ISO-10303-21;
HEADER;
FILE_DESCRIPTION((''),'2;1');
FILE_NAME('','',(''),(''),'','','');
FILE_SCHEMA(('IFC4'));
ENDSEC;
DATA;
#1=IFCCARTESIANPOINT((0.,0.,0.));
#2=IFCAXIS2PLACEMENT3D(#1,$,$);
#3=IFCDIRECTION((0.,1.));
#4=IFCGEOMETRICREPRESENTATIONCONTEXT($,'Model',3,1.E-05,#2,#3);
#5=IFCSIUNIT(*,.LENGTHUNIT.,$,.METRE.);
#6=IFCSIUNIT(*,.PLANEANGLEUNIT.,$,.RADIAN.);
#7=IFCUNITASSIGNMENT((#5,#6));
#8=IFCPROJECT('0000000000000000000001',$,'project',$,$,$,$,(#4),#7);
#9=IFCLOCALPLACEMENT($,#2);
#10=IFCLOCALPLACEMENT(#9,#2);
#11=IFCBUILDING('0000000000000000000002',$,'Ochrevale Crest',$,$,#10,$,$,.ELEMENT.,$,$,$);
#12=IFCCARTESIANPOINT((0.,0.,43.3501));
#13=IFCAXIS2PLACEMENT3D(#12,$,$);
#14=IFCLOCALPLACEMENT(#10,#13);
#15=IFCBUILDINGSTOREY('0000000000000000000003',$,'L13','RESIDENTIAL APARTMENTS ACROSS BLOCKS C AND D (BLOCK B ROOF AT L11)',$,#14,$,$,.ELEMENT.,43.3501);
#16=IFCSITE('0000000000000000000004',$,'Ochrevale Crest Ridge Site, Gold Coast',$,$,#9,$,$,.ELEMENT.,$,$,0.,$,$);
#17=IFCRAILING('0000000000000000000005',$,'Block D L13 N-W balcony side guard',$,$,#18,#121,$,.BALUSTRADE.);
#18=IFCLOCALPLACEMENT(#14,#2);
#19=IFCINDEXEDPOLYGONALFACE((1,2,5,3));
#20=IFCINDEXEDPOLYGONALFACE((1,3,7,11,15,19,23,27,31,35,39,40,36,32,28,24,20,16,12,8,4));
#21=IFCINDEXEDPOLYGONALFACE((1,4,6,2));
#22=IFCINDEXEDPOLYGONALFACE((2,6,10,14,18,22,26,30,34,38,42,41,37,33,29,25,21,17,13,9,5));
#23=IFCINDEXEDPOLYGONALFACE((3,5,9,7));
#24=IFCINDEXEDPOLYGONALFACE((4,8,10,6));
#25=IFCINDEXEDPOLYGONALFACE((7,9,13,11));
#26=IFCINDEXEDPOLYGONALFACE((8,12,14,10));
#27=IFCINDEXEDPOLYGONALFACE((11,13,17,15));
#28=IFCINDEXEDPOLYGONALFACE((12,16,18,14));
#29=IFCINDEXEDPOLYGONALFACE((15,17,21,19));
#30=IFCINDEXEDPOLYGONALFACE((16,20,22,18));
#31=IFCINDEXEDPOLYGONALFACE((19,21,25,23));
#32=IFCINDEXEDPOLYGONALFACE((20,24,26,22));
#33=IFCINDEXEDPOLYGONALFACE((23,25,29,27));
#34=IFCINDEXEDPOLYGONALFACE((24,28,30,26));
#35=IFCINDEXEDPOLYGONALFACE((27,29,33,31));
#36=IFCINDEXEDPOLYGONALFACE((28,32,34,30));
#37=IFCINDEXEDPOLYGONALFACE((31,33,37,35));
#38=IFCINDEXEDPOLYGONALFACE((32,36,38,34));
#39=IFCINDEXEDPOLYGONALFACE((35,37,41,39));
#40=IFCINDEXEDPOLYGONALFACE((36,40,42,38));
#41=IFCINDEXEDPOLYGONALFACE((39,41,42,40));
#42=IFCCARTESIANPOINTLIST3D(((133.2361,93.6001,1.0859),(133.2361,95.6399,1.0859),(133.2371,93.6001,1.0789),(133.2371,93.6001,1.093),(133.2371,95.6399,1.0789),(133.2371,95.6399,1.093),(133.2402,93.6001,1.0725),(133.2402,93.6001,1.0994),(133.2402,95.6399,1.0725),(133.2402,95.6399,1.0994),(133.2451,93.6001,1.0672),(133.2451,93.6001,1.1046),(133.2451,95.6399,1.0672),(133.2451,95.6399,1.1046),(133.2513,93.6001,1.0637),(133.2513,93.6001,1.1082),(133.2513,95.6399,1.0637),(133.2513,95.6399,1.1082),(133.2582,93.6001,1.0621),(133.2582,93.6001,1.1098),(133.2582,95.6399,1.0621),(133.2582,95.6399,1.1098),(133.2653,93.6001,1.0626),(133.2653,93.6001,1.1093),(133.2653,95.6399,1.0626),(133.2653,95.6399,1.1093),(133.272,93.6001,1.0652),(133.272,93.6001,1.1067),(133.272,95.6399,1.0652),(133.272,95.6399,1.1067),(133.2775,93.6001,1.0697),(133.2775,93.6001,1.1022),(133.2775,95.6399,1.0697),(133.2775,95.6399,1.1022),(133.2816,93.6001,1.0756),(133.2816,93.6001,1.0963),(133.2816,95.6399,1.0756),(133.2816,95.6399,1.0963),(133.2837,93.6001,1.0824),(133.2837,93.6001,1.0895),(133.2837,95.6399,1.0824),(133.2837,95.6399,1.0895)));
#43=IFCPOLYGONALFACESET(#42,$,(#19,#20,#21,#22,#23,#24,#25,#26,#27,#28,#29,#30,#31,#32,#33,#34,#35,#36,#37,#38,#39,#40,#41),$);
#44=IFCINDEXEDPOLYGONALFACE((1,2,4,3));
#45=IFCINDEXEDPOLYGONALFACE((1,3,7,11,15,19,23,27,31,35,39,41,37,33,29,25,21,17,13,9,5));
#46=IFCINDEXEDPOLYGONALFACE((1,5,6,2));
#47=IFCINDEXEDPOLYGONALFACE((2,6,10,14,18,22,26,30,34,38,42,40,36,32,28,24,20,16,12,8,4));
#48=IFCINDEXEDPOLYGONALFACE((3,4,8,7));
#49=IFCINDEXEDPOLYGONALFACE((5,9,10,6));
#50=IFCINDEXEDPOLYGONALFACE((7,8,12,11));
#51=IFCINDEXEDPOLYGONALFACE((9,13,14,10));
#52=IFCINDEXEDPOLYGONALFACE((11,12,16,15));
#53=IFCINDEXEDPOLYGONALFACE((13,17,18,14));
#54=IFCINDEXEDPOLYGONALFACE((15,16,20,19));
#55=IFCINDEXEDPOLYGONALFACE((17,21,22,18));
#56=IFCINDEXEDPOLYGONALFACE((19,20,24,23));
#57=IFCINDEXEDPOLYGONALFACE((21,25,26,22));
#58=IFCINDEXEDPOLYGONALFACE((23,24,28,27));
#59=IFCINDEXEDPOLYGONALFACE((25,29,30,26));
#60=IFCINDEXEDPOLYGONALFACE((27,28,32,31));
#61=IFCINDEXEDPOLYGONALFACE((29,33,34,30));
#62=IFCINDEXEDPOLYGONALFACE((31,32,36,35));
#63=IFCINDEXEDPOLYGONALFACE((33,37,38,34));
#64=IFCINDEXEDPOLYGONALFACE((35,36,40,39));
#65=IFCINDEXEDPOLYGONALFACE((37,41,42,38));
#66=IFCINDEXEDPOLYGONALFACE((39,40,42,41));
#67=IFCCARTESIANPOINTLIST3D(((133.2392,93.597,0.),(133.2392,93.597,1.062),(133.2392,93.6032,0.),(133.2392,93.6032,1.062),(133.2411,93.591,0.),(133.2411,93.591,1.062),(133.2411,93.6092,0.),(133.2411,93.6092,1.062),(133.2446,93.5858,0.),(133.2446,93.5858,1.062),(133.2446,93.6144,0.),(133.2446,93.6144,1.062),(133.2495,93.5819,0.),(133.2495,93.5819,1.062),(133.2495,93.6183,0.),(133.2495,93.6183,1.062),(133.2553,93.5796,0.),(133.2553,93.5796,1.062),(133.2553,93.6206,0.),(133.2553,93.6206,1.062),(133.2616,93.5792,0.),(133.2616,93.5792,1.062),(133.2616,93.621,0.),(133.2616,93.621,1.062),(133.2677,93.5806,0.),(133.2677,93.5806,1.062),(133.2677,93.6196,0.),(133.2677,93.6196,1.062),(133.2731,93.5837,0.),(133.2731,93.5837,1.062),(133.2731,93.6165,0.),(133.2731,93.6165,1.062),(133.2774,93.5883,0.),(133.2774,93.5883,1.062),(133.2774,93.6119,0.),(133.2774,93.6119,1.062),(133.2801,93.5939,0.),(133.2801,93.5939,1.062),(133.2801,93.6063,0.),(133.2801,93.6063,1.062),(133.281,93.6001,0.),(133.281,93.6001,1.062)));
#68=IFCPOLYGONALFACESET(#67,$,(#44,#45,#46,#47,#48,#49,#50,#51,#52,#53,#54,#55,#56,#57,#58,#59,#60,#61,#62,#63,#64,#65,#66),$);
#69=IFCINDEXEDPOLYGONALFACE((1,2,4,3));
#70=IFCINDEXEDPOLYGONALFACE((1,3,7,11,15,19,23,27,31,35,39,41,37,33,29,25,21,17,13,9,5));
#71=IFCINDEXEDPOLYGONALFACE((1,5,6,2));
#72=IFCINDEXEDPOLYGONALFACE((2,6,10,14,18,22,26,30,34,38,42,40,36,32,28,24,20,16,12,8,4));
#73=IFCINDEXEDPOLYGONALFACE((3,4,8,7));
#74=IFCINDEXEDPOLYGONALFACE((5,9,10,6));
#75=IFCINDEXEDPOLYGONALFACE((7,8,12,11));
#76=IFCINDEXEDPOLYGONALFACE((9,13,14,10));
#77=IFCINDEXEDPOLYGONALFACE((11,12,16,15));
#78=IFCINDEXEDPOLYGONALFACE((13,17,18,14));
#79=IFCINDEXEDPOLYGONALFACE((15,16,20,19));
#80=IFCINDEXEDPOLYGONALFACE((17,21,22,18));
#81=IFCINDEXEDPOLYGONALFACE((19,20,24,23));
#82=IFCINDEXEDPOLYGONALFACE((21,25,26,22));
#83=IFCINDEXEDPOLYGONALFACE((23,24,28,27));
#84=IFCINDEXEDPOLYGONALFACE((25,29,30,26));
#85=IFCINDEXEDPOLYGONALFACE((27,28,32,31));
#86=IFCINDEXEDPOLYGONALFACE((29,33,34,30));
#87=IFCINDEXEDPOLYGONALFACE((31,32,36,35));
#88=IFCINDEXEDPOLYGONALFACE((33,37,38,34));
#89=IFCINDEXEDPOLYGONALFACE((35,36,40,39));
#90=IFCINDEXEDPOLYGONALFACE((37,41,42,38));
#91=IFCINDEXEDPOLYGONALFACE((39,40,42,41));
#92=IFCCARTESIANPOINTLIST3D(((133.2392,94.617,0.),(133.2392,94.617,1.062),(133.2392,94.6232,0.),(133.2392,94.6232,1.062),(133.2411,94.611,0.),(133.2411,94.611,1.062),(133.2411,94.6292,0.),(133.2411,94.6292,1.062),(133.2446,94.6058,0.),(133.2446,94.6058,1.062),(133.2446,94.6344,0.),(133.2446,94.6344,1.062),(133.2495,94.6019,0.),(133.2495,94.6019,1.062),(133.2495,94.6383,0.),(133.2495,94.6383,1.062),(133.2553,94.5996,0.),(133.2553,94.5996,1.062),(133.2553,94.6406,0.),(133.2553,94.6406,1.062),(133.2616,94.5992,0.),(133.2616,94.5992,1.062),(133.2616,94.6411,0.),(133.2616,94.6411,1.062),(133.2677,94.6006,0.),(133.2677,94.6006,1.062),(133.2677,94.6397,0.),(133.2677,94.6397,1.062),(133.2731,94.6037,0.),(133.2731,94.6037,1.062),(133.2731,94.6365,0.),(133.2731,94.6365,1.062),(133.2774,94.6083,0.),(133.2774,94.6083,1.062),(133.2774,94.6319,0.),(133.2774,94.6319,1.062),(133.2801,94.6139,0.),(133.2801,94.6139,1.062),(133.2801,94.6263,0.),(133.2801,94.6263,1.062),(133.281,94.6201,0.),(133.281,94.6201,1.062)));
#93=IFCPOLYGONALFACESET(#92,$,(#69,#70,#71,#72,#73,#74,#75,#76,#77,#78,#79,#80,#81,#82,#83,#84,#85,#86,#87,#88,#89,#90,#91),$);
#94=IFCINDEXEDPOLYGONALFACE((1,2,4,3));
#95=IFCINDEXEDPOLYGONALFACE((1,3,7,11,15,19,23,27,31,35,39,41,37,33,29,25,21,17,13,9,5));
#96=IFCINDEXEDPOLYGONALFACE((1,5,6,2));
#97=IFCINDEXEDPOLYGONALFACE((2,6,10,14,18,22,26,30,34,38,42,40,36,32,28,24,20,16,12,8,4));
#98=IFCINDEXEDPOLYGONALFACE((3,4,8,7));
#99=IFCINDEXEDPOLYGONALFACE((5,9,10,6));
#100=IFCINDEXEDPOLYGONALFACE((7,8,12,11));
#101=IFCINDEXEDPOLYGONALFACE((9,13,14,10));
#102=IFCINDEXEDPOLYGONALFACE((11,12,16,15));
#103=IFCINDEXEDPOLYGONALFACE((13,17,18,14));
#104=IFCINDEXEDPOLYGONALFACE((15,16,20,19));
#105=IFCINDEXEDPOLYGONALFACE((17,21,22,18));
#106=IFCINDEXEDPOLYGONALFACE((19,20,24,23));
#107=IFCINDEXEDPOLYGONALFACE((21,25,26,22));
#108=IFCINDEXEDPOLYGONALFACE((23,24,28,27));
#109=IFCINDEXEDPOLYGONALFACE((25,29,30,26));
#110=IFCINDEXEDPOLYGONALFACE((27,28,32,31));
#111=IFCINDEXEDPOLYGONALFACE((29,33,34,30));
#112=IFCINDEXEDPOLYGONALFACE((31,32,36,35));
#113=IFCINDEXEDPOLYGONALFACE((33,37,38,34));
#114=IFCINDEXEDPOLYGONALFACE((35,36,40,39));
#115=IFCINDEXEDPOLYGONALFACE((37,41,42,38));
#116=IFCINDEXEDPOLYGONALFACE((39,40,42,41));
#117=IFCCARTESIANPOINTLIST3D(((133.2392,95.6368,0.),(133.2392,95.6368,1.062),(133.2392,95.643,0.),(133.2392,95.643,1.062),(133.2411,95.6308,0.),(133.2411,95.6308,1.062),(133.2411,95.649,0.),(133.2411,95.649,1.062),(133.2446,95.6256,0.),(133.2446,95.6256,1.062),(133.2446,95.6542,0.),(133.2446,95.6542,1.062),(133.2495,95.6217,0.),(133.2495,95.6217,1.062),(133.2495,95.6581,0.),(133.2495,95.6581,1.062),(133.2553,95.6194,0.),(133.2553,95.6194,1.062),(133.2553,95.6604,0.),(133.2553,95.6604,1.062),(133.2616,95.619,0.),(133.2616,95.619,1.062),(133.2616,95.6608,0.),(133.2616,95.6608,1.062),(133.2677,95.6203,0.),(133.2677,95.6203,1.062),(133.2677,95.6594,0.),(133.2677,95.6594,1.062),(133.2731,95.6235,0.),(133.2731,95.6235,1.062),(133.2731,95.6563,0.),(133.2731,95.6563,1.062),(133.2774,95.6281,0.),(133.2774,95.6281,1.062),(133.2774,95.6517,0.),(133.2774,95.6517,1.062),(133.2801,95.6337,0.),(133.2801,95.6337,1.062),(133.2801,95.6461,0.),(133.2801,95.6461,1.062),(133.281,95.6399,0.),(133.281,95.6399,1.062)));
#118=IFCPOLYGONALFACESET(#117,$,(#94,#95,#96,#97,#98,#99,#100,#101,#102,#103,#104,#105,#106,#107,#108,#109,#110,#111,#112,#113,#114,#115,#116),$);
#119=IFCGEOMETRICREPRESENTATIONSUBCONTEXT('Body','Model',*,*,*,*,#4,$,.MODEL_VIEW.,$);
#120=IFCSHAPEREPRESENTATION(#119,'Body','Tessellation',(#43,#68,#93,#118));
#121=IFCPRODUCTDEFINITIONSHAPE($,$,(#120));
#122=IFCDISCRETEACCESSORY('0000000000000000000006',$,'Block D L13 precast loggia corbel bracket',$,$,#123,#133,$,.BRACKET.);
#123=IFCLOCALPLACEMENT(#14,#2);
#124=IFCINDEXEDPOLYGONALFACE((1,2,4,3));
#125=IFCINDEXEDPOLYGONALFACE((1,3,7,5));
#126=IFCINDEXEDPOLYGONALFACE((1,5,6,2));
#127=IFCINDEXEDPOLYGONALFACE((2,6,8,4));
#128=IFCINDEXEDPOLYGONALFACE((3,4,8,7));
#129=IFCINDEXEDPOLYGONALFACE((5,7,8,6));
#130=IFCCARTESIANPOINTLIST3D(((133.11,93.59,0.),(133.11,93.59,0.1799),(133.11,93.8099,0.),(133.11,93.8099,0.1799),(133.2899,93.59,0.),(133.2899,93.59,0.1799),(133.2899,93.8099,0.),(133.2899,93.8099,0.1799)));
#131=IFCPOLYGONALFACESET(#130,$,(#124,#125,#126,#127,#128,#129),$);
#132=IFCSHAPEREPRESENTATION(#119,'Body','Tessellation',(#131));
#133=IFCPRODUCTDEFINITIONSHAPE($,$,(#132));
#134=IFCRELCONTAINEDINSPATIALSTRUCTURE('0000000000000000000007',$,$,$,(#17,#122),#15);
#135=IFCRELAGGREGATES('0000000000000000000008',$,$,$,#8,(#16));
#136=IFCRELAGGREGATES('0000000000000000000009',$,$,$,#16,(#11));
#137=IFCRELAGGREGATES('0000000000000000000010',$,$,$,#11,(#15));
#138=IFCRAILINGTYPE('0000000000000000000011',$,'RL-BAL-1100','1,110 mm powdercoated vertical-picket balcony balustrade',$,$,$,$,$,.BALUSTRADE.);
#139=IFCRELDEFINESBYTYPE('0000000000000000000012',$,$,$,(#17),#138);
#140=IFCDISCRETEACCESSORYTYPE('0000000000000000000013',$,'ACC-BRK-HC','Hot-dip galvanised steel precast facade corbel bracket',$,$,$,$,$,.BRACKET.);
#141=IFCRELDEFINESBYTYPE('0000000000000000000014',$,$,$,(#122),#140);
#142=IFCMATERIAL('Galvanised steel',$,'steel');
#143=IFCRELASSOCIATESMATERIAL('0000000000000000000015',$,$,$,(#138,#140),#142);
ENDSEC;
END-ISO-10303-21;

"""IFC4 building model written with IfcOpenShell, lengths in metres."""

from ifc_helpers import new_model, si_unit, direction, frame, origin, origin_2d, place, context, subcontext, project, spatial, rectangle, circle, extrude, material, type_object, element, save


model = new_model("IFC4")

# Units and contexts
model_context = context("Model", 3, precision=1e-05, world=origin(), true_north=direction((0.0, 1.0)))
body_context = subcontext(model_context, "Body", "Model", "MODEL_VIEW")
ifc_project = project(units=[si_unit("LENGTHUNIT", "METRE"), si_unit("PLANEANGLEUNIT", "RADIAN")], contexts=[model_context])

# Site, building, storey
site_placement = place(None, origin())
site = spatial("IfcSite", under=ifc_project, at=site_placement, Name="Ochrevale Crest Ridge Site, Gold Coast", CompositionType="ELEMENT", RefElevation=0.0)
building_placement = place(site_placement, origin())
building = spatial("IfcBuilding", under=site, at=building_placement, Name="Ochrevale Crest", CompositionType="ELEMENT")
storey_placement = place(building_placement, frame((0.0, 0.0, 43.3501)))
storey = spatial("IfcBuildingStorey", under=building, at=storey_placement, Name="L13", Description="RESIDENTIAL APARTMENTS ACROSS BLOCKS C AND D (BLOCK B ROOF AT L11)", CompositionType="ELEMENT", Elevation=43.3501)

# Railing
ifc_material_1 = material(Name="Galvanised steel", Category="steel")
railing_type = type_object("IfcRailingType", Name="RL-BAL-1100", Description="1,110 mm powdercoated vertical-picket balcony balustrade", PredefinedType="BALUSTRADE", material=ifc_material_1)
railing_1_placement = place(storey_placement, frame((133.26, 93.6001, 0.0)))
element("IfcRailing", 1, at=railing_1_placement, inside=storey, type_object=railing_type, Name="Block D L13 N-W balcony side guard", PredefinedType="BALUSTRADE", context=body_context, shape_type="SweptSolid", body=[
    extrude(circle(Radius=0.0239, at=origin_2d()), frame((0.0, 0.0, 1.0859), z_axis=(0.0, 1.0, 0.0), x_axis=(-1.0, 0.0, 0.0)), (0.0, 0.0, 1.0), 2.0398),
    extrude(circle(Radius=0.021, at=origin_2d()), origin(), (0.0, 0.0, 1.0), 1.062),
    extrude(circle(Radius=0.021, at=origin_2d()), frame((0.0, 1.02, 0.0)), (0.0, 0.0, 1.0), 1.062),
    extrude(circle(Radius=0.021, at=origin_2d()), frame((0.0, 2.0398, 0.0)), (0.0, 0.0, 1.0), 1.062),
])

# Discrete accessory
discrete_accessory_type = type_object("IfcDiscreteAccessoryType", Name="ACC-BRK-HC", Description="Hot-dip galvanised steel precast facade corbel bracket", PredefinedType="BRACKET", material=ifc_material_1)
discrete_accessory_placement = place(storey_placement, frame((133.2, 93.7, 0.0), z_axis=(0.0, 0.0, 1.0), x_axis=(1.0, 0.0, 0.0)))
element("IfcDiscreteAccessory", 2, at=discrete_accessory_placement, inside=storey, type_object=discrete_accessory_type, Name="Block D L13 precast loggia corbel bracket", PredefinedType="BRACKET", context=body_context, shape_type="SweptSolid", body=[
    extrude(rectangle(XDim=0.1799, YDim=0.22, at=origin_2d()), origin(), (0.0, 0.0, 1.0), 0.1799),
])

save(model, "model.ifc")
